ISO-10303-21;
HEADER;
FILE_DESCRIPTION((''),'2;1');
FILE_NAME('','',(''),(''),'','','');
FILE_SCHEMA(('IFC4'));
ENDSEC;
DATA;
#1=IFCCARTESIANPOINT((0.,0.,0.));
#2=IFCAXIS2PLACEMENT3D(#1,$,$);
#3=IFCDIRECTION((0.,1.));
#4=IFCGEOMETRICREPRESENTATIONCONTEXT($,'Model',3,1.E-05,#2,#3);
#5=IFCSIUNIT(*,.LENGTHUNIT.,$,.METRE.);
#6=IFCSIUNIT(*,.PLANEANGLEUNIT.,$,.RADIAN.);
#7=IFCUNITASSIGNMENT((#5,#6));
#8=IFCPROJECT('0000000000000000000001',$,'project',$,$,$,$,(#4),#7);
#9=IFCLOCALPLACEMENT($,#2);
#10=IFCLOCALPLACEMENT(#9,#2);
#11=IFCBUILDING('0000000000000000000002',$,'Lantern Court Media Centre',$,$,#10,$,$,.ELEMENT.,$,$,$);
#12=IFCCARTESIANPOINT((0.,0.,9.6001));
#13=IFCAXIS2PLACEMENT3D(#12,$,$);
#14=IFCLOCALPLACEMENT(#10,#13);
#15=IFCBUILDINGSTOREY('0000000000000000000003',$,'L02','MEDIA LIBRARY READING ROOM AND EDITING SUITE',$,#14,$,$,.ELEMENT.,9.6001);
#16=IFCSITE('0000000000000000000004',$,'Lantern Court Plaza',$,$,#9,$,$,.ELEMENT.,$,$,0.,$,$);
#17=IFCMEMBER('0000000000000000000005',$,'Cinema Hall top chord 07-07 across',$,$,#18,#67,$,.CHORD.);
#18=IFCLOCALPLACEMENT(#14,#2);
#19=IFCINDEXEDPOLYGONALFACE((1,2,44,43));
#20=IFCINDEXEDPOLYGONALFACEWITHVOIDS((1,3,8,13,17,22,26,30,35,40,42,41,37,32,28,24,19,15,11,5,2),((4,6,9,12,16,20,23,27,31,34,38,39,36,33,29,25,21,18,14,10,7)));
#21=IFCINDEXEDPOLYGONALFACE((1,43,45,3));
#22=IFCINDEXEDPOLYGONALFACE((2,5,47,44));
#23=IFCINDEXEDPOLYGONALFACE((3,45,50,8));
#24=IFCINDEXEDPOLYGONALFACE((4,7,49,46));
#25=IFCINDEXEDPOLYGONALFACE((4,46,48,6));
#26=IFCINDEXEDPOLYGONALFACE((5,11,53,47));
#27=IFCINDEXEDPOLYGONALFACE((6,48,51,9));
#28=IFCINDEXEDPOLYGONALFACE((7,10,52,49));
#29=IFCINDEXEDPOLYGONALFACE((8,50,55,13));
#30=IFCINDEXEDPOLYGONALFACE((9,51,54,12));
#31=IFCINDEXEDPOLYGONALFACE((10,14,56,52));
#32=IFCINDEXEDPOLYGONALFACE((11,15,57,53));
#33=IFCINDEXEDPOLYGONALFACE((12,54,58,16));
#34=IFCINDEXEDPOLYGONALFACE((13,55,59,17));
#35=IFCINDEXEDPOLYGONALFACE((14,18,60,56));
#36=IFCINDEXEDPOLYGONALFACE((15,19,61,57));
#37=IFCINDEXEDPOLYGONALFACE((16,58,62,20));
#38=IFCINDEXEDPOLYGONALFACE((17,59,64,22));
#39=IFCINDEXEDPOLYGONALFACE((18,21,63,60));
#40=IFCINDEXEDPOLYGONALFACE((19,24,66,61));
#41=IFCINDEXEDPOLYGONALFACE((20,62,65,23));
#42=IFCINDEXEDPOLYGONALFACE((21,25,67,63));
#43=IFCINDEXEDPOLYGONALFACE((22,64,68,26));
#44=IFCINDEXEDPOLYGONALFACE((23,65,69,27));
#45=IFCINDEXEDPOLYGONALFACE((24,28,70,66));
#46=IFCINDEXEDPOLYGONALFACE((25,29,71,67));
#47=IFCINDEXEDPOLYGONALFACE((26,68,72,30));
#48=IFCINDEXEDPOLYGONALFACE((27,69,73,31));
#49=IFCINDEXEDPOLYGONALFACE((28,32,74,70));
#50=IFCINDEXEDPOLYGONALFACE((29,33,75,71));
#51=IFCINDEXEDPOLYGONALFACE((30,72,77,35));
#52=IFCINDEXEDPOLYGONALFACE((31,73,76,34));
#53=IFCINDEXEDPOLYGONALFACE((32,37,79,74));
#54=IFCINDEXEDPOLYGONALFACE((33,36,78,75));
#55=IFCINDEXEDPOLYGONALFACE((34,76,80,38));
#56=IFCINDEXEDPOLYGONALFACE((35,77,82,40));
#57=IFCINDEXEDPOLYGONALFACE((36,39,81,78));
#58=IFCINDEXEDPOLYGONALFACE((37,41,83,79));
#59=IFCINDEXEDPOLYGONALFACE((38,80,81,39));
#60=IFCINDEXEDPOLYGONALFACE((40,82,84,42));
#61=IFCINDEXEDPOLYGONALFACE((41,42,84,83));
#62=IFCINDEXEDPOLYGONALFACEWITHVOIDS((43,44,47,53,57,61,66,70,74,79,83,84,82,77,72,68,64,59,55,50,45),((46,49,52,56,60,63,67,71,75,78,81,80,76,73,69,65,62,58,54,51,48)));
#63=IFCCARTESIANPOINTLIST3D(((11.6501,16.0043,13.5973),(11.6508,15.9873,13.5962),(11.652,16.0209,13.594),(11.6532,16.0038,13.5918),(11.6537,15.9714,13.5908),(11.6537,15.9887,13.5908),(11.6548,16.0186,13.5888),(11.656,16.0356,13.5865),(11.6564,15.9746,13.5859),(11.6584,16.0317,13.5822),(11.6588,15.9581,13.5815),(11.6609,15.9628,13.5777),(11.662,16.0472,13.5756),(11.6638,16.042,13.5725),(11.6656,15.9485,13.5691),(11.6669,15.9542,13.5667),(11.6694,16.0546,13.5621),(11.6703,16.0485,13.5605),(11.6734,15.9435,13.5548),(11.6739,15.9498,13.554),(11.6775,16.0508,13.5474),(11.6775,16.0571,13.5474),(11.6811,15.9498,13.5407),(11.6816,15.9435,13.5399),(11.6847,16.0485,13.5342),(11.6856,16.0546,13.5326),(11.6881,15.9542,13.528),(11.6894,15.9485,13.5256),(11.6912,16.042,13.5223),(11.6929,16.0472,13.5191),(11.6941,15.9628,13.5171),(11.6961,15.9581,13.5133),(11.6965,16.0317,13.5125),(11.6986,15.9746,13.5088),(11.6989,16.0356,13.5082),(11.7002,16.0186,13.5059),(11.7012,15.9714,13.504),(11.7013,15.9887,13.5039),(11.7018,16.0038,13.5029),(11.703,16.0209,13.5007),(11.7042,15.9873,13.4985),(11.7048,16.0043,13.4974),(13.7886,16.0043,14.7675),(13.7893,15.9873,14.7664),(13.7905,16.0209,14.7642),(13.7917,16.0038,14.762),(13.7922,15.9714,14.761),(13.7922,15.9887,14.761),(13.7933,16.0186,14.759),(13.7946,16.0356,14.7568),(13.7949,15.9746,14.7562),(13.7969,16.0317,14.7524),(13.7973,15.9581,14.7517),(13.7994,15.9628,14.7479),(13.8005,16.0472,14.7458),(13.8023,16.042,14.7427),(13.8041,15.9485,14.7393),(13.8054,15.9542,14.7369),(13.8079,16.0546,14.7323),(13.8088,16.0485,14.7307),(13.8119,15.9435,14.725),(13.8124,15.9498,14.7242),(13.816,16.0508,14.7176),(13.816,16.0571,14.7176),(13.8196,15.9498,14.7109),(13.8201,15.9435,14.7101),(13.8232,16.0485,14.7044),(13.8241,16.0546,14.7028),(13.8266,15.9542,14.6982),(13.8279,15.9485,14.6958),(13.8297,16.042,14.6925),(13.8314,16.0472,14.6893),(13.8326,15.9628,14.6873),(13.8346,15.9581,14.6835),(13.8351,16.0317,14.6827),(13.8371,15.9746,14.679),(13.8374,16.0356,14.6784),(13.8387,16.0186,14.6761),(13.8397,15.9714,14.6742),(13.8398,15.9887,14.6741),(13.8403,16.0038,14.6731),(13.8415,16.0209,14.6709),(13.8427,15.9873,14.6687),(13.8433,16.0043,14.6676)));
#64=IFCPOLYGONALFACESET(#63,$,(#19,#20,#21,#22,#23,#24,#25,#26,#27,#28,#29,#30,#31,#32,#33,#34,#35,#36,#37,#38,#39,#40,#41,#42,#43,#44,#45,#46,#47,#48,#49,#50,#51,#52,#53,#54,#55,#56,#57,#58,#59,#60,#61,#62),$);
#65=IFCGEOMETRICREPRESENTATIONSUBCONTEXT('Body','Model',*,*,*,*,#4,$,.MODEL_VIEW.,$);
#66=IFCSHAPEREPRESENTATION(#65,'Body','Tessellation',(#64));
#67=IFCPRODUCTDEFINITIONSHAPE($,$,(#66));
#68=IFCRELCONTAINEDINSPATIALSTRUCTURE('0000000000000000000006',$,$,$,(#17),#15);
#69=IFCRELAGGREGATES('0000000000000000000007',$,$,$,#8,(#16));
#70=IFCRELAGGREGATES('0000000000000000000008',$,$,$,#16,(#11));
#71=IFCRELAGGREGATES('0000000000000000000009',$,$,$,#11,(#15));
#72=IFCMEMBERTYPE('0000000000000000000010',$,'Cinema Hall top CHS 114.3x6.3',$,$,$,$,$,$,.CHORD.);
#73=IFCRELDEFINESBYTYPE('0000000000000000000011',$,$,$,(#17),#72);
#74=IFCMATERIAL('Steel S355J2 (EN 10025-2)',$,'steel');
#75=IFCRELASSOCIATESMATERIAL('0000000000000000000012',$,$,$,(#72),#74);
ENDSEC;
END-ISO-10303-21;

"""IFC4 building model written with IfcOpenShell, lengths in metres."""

from ifc_helpers import new_model, si_unit, direction, frame, origin, origin_2d, place, context, subcontext, project, spatial, hollow_circle, extrude, material, material_profile, profile_set, type_object, element, save


model = new_model("IFC4")

# Units and contexts
model_context = context("Model", 3, precision=1e-05, world=origin(), true_north=direction((0.0, 1.0)))
body_context = subcontext(model_context, "Body", "Model", "MODEL_VIEW")
ifc_project = project(units=[si_unit("LENGTHUNIT", "METRE"), si_unit("PLANEANGLEUNIT", "RADIAN")], contexts=[model_context])

# Site, building, storey
site_placement = place(None, origin())
site = spatial("IfcSite", under=ifc_project, at=site_placement, Name="Lantern Court Plaza", CompositionType="ELEMENT", RefElevation=0.0)
building_placement = place(site_placement, origin())
building = spatial("IfcBuilding", under=site, at=building_placement, Name="Lantern Court Media Centre", CompositionType="ELEMENT")
storey_placement = place(building_placement, frame((0.0, 0.0, 9.6001)))
storey = spatial("IfcBuildingStorey", under=building, at=storey_placement, Name="L02", Description="MEDIA LIBRARY READING ROOM AND EDITING SUITE", CompositionType="ELEMENT", Elevation=9.6001)

# Member
ifc_material = material(Name="Steel S355J2 (EN 10025-2)", Category="steel")
ifc_material_profile_1 = material_profile(ifc_material, hollow_circle(Radius=0.0571, WallThickness=0.0063, at=origin_2d()), Name="Cinema Hall top CHS 114.3x6.3")
ifc_profile_set_1 = profile_set([ifc_material_profile_1], Name="Steel S355J2 (EN 10025-2)")
member_type_1 = type_object("IfcMemberType", Name="Cinema Hall top CHS 114.3x6.3", PredefinedType="CHORD", material=ifc_profile_set_1)
for number, where, z_axis, x_axis, name in (
    (1, (11.6775, 16.0, 13.5474), (0.877248, 0.0, 0.480038), (0.0, 1.0, 0.0), "Cinema Hall top chord 07-07 across"),
):
    element("IfcMember", number, at=place(storey_placement, frame(where, z_axis=z_axis, x_axis=x_axis)), inside=storey, type_object=member_type_1, Name=name, PredefinedType="CHORD", context=body_context, shape_type="SweptSolid", body=[
        extrude(hollow_circle(Radius=0.0571, WallThickness=0.0063, at=origin_2d()), origin(), (0.0, 0.0, 1.0), 2.4377),
    ])

save(model, "model.ifc")
